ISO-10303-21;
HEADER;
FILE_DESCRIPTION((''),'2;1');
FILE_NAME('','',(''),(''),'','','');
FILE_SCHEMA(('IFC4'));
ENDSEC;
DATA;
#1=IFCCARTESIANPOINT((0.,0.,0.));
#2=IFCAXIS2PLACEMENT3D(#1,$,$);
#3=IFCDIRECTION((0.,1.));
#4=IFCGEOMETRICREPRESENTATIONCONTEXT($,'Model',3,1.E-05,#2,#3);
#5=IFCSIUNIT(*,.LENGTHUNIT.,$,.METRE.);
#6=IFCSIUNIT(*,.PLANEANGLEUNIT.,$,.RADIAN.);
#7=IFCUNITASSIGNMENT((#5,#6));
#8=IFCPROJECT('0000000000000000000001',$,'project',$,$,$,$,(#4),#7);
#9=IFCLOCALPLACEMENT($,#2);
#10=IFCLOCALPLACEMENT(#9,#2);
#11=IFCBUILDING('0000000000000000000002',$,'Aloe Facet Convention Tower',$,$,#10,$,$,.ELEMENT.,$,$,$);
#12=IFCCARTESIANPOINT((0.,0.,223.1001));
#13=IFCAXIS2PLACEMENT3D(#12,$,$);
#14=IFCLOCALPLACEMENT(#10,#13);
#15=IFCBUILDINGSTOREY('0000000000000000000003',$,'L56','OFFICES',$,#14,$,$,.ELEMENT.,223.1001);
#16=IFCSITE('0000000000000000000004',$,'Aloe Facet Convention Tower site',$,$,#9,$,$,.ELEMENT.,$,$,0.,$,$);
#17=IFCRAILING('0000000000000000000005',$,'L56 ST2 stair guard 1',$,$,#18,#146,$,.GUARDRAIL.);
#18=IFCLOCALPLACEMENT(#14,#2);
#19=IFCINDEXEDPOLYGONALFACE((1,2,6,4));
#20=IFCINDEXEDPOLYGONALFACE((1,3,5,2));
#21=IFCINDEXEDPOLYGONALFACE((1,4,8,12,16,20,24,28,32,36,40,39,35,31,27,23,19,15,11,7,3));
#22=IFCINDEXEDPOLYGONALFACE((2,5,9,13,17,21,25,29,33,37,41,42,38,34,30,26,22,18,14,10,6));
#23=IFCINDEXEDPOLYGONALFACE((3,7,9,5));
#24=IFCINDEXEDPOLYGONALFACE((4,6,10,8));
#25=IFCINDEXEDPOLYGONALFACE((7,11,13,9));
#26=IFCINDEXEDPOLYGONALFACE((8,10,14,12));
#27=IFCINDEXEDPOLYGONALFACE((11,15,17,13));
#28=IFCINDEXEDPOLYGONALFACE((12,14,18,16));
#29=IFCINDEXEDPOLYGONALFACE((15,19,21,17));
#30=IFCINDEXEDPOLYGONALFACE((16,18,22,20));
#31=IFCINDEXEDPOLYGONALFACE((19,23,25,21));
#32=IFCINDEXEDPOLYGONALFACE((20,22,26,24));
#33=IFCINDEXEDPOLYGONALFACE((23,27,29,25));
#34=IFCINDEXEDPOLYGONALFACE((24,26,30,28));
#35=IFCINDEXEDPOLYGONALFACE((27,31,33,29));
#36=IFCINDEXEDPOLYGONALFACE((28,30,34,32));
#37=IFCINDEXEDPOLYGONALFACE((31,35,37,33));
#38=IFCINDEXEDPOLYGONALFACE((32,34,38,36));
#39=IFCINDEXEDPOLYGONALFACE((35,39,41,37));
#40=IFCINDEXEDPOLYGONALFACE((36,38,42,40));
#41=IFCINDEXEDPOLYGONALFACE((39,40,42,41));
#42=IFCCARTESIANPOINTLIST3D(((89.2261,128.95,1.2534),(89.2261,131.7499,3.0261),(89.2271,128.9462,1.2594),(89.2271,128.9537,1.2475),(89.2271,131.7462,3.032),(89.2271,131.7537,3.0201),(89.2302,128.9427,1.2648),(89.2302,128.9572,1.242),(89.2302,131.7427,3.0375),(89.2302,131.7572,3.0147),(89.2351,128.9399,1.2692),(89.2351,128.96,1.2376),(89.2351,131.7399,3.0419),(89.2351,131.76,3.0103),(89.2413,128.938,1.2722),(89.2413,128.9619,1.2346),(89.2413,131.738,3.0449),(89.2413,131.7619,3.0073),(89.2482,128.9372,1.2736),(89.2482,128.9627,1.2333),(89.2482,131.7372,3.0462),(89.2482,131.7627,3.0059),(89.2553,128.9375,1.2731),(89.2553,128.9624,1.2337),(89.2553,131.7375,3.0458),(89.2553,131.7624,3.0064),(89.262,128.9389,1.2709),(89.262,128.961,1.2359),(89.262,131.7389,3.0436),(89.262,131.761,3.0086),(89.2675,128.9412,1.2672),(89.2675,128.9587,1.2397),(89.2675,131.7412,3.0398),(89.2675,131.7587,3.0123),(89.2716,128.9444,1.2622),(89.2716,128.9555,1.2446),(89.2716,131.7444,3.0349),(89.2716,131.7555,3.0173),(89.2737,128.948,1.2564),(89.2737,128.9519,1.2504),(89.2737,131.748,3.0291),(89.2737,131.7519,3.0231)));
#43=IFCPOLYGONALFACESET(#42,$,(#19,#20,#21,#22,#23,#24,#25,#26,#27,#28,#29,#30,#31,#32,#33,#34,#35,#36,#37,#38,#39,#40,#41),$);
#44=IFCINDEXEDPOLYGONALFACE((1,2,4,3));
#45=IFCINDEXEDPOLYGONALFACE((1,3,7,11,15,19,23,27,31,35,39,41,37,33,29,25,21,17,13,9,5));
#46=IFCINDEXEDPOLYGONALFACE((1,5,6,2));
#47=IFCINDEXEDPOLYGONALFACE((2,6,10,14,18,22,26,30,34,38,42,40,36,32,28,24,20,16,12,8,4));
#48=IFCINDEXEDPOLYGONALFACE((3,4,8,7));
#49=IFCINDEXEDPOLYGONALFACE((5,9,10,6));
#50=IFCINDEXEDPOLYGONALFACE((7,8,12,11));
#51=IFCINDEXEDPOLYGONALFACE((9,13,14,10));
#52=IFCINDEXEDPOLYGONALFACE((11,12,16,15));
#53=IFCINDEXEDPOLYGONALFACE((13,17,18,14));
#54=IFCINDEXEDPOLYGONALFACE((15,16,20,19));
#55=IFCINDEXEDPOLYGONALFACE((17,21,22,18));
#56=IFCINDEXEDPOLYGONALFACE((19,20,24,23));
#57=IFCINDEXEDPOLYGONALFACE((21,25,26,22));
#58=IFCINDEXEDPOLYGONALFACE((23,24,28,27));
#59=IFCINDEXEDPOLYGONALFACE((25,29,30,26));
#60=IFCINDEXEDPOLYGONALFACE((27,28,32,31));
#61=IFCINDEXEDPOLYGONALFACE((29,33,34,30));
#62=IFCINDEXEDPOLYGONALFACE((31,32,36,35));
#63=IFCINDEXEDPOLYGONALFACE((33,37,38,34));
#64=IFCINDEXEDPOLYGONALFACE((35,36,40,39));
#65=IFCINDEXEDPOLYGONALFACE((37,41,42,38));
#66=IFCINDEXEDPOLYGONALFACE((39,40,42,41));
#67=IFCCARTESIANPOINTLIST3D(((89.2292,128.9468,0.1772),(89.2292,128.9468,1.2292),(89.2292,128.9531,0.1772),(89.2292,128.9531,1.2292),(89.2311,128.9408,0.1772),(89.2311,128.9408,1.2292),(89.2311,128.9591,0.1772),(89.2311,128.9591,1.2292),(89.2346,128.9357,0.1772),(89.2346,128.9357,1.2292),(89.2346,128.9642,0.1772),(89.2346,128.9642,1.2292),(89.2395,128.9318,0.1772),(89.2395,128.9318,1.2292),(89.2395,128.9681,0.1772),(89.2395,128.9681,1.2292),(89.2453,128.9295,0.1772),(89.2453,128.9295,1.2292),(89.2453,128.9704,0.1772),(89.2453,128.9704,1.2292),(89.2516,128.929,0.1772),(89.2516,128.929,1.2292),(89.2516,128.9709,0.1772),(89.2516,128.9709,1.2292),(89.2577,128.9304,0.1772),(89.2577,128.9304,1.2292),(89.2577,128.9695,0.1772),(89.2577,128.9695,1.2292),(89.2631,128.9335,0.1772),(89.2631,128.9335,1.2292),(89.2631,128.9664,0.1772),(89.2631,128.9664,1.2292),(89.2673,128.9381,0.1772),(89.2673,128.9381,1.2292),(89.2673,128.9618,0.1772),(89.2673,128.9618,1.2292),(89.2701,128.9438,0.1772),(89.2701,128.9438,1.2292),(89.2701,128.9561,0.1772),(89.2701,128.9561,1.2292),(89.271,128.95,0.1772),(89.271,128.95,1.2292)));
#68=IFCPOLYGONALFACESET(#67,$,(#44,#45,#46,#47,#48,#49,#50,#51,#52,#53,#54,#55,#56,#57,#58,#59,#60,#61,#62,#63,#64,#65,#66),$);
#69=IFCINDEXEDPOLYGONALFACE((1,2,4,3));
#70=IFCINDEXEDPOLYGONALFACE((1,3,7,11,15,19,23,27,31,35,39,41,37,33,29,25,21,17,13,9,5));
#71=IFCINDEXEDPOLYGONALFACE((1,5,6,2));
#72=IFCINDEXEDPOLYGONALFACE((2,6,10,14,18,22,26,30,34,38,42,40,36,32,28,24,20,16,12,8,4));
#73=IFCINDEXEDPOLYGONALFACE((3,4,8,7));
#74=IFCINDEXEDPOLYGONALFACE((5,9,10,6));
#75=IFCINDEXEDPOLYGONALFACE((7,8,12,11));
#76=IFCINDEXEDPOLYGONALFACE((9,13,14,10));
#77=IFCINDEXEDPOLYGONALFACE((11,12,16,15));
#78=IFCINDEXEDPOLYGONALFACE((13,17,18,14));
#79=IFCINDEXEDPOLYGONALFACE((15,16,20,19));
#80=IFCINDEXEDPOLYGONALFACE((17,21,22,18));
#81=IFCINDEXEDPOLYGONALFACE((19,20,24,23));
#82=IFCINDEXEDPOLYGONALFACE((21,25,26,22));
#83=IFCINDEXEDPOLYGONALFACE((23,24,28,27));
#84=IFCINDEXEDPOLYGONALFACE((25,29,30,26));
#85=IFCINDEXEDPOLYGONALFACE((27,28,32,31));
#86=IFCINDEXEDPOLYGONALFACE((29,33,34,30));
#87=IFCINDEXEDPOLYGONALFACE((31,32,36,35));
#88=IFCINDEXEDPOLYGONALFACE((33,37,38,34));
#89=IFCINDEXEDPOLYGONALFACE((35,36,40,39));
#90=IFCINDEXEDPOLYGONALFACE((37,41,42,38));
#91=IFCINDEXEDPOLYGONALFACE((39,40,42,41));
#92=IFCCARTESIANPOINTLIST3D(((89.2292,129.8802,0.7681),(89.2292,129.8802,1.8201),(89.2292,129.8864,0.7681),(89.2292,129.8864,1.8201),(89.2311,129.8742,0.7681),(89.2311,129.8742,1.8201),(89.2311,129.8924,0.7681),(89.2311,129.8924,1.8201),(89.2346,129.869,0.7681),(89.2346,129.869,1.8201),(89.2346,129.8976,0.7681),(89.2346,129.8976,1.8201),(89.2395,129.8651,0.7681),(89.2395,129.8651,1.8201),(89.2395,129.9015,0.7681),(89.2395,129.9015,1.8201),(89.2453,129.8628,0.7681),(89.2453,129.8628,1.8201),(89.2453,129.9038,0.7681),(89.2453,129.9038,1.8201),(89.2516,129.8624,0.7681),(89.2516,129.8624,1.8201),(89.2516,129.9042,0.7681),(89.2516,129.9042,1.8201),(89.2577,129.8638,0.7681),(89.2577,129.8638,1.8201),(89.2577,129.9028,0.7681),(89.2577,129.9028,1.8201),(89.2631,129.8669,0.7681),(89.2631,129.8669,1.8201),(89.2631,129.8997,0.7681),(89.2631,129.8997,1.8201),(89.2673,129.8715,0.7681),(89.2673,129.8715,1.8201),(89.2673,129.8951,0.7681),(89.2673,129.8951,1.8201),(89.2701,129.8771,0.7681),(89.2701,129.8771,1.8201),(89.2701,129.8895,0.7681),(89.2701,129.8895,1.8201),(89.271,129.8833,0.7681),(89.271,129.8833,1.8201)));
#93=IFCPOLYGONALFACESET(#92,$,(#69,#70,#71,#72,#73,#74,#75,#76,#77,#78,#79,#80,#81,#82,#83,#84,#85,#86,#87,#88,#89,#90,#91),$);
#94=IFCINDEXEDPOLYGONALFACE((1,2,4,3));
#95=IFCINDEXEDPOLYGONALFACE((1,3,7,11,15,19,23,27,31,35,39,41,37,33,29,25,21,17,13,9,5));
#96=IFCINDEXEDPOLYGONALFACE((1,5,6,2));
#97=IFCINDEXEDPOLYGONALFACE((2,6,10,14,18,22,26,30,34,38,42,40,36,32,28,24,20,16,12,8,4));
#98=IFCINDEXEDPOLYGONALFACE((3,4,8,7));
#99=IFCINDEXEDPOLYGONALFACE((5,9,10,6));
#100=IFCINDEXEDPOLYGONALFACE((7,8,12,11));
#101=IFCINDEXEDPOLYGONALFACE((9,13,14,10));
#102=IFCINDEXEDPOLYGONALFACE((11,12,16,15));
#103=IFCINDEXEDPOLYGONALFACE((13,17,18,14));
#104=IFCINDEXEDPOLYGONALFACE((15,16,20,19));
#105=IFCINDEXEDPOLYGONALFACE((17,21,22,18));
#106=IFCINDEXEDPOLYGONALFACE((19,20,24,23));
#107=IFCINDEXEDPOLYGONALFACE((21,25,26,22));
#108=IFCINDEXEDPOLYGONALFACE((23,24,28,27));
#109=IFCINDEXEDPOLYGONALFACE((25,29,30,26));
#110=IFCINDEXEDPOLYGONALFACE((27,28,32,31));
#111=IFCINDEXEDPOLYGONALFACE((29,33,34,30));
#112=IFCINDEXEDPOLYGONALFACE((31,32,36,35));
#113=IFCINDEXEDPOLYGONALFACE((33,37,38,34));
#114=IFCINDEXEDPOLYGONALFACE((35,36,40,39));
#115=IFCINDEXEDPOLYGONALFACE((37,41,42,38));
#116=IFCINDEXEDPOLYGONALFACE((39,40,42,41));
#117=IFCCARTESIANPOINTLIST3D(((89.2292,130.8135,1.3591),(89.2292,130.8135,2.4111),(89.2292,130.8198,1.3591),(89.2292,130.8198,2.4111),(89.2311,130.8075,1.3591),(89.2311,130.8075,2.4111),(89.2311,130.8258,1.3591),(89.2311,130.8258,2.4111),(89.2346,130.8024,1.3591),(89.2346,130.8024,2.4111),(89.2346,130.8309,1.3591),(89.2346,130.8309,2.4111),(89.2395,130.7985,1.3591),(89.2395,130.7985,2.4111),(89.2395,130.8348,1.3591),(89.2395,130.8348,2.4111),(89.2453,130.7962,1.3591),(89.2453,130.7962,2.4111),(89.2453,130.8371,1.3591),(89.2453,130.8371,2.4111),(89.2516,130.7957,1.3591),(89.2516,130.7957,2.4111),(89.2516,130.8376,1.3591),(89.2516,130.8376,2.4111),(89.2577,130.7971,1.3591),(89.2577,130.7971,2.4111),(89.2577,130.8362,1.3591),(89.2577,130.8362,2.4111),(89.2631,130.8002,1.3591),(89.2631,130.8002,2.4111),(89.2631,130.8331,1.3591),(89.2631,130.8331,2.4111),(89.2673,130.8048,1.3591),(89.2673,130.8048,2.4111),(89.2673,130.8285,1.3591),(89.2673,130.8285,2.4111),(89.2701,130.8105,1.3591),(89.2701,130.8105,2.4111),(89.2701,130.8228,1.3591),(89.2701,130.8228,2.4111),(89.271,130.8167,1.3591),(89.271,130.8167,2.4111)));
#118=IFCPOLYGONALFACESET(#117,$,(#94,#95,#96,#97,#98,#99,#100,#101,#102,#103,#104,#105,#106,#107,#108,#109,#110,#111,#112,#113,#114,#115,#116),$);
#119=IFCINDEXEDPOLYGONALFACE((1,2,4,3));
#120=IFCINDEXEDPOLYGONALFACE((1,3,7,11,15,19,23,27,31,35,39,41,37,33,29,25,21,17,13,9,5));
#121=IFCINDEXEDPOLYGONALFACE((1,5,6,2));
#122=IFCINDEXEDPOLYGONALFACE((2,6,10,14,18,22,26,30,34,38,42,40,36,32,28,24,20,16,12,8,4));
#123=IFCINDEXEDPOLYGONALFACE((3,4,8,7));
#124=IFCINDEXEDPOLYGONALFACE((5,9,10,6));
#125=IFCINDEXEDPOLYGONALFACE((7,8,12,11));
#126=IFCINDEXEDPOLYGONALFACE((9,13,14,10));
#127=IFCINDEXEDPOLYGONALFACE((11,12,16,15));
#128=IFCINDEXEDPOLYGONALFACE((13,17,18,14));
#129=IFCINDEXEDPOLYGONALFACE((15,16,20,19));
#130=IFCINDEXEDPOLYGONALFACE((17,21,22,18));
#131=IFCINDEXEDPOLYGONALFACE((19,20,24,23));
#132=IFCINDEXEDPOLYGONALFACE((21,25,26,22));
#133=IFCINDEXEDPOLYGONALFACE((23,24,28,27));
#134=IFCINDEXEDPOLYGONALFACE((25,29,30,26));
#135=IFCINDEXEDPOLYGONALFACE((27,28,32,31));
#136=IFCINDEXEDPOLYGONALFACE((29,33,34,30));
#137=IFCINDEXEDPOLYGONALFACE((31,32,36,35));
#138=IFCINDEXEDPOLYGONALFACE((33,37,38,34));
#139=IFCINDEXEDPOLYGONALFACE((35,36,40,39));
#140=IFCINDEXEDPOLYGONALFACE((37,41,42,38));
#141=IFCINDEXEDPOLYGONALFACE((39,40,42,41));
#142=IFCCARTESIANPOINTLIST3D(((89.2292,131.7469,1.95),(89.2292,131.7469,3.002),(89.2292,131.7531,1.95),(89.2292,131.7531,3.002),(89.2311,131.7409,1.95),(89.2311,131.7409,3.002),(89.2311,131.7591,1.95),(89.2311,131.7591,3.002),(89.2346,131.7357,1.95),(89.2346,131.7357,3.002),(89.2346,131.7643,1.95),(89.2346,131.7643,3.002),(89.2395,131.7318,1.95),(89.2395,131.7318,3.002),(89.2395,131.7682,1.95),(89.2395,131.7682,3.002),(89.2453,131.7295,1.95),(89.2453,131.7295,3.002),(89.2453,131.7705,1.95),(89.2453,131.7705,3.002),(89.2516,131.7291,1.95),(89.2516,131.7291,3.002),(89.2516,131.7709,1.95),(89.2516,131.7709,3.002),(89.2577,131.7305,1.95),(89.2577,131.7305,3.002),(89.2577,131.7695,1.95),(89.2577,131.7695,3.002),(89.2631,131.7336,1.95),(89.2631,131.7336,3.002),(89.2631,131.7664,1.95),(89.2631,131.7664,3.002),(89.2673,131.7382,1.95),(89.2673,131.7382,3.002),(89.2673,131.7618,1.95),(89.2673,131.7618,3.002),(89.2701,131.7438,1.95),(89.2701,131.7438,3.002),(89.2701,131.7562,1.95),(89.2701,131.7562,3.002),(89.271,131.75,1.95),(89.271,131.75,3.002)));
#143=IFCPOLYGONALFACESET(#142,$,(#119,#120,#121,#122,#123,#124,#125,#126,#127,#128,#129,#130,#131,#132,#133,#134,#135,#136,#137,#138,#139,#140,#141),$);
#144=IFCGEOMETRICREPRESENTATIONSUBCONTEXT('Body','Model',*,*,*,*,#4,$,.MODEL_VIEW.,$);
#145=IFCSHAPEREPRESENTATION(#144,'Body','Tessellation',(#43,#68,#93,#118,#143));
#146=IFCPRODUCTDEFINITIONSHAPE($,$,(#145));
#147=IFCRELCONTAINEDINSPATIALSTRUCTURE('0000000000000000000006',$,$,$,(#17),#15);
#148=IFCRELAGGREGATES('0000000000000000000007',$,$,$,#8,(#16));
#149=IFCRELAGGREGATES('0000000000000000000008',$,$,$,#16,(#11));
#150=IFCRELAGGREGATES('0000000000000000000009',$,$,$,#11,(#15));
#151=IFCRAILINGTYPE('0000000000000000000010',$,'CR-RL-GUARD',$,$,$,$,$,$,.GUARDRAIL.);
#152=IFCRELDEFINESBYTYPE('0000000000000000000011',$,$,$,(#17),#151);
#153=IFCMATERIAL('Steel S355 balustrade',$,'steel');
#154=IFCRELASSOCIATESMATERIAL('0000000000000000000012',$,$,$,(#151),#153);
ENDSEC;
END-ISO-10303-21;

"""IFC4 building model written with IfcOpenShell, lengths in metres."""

from ifc_helpers import new_model, si_unit, direction, frame, origin, origin_2d, place, context, subcontext, project, spatial, circle, extrude, material, type_object, element, save


model = new_model("IFC4")

# Units and contexts
model_context = context("Model", 3, precision=1e-05, world=origin(), true_north=direction((0.0, 1.0)))
body_context = subcontext(model_context, "Body", "Model", "MODEL_VIEW")
ifc_project = project(units=[si_unit("LENGTHUNIT", "METRE"), si_unit("PLANEANGLEUNIT", "RADIAN")], contexts=[model_context])

# Site, building, storey
site_placement = place(None, origin())
site = spatial("IfcSite", under=ifc_project, at=site_placement, Name="Aloe Facet Convention Tower site", CompositionType="ELEMENT", RefElevation=0.0)
building_placement = place(site_placement, origin())
building = spatial("IfcBuilding", under=site, at=building_placement, Name="Aloe Facet Convention Tower", CompositionType="ELEMENT")
storey_placement = place(building_placement, frame((0.0, 0.0, 223.1001)))
storey = spatial("IfcBuildingStorey", under=building, at=storey_placement, Name="L56", Description="OFFICES", CompositionType="ELEMENT", Elevation=223.1001)

# Railing
ifc_material_1 = material(Name="Steel S355 balustrade", Category="steel")
railing_type_1 = type_object("IfcRailingType", Name="CR-RL-GUARD", PredefinedType="GUARDRAIL", material=ifc_material_1)
railing_1_placement = place(storey_placement, frame((89.25, 128.95, 0.1772)))
element("IfcRailing", 1, at=railing_1_placement, inside=storey, type_object=railing_type_1, Name="L56 ST2 stair guard 1", PredefinedType="GUARDRAIL", context=body_context, shape_type="SweptSolid", body=[
    extrude(circle(Radius=0.0239, at=origin_2d()), frame((0.0, 0.0, 1.0762), z_axis=(0.0, 0.844909, 0.53491), x_axis=(-1.0, 0.0, 0.0)), (0.0, 0.0, 1.0), 3.314),
    extrude(circle(Radius=0.021, at=origin_2d()), origin(), (0.0, 0.0, 1.0), 1.052),
    extrude(circle(Radius=0.021, at=origin_2d()), frame((0.0, 0.9333, 0.5908)), (0.0, 0.0, 1.0), 1.052),
    extrude(circle(Radius=0.021, at=origin_2d()), frame((0.0, 1.8667, 1.1819)), (0.0, 0.0, 1.0), 1.052),
    extrude(circle(Radius=0.021, at=origin_2d()), frame((0.0, 2.8, 1.7727)), (0.0, 0.0, 1.0), 1.052),
])

save(model, "model.ifc")
